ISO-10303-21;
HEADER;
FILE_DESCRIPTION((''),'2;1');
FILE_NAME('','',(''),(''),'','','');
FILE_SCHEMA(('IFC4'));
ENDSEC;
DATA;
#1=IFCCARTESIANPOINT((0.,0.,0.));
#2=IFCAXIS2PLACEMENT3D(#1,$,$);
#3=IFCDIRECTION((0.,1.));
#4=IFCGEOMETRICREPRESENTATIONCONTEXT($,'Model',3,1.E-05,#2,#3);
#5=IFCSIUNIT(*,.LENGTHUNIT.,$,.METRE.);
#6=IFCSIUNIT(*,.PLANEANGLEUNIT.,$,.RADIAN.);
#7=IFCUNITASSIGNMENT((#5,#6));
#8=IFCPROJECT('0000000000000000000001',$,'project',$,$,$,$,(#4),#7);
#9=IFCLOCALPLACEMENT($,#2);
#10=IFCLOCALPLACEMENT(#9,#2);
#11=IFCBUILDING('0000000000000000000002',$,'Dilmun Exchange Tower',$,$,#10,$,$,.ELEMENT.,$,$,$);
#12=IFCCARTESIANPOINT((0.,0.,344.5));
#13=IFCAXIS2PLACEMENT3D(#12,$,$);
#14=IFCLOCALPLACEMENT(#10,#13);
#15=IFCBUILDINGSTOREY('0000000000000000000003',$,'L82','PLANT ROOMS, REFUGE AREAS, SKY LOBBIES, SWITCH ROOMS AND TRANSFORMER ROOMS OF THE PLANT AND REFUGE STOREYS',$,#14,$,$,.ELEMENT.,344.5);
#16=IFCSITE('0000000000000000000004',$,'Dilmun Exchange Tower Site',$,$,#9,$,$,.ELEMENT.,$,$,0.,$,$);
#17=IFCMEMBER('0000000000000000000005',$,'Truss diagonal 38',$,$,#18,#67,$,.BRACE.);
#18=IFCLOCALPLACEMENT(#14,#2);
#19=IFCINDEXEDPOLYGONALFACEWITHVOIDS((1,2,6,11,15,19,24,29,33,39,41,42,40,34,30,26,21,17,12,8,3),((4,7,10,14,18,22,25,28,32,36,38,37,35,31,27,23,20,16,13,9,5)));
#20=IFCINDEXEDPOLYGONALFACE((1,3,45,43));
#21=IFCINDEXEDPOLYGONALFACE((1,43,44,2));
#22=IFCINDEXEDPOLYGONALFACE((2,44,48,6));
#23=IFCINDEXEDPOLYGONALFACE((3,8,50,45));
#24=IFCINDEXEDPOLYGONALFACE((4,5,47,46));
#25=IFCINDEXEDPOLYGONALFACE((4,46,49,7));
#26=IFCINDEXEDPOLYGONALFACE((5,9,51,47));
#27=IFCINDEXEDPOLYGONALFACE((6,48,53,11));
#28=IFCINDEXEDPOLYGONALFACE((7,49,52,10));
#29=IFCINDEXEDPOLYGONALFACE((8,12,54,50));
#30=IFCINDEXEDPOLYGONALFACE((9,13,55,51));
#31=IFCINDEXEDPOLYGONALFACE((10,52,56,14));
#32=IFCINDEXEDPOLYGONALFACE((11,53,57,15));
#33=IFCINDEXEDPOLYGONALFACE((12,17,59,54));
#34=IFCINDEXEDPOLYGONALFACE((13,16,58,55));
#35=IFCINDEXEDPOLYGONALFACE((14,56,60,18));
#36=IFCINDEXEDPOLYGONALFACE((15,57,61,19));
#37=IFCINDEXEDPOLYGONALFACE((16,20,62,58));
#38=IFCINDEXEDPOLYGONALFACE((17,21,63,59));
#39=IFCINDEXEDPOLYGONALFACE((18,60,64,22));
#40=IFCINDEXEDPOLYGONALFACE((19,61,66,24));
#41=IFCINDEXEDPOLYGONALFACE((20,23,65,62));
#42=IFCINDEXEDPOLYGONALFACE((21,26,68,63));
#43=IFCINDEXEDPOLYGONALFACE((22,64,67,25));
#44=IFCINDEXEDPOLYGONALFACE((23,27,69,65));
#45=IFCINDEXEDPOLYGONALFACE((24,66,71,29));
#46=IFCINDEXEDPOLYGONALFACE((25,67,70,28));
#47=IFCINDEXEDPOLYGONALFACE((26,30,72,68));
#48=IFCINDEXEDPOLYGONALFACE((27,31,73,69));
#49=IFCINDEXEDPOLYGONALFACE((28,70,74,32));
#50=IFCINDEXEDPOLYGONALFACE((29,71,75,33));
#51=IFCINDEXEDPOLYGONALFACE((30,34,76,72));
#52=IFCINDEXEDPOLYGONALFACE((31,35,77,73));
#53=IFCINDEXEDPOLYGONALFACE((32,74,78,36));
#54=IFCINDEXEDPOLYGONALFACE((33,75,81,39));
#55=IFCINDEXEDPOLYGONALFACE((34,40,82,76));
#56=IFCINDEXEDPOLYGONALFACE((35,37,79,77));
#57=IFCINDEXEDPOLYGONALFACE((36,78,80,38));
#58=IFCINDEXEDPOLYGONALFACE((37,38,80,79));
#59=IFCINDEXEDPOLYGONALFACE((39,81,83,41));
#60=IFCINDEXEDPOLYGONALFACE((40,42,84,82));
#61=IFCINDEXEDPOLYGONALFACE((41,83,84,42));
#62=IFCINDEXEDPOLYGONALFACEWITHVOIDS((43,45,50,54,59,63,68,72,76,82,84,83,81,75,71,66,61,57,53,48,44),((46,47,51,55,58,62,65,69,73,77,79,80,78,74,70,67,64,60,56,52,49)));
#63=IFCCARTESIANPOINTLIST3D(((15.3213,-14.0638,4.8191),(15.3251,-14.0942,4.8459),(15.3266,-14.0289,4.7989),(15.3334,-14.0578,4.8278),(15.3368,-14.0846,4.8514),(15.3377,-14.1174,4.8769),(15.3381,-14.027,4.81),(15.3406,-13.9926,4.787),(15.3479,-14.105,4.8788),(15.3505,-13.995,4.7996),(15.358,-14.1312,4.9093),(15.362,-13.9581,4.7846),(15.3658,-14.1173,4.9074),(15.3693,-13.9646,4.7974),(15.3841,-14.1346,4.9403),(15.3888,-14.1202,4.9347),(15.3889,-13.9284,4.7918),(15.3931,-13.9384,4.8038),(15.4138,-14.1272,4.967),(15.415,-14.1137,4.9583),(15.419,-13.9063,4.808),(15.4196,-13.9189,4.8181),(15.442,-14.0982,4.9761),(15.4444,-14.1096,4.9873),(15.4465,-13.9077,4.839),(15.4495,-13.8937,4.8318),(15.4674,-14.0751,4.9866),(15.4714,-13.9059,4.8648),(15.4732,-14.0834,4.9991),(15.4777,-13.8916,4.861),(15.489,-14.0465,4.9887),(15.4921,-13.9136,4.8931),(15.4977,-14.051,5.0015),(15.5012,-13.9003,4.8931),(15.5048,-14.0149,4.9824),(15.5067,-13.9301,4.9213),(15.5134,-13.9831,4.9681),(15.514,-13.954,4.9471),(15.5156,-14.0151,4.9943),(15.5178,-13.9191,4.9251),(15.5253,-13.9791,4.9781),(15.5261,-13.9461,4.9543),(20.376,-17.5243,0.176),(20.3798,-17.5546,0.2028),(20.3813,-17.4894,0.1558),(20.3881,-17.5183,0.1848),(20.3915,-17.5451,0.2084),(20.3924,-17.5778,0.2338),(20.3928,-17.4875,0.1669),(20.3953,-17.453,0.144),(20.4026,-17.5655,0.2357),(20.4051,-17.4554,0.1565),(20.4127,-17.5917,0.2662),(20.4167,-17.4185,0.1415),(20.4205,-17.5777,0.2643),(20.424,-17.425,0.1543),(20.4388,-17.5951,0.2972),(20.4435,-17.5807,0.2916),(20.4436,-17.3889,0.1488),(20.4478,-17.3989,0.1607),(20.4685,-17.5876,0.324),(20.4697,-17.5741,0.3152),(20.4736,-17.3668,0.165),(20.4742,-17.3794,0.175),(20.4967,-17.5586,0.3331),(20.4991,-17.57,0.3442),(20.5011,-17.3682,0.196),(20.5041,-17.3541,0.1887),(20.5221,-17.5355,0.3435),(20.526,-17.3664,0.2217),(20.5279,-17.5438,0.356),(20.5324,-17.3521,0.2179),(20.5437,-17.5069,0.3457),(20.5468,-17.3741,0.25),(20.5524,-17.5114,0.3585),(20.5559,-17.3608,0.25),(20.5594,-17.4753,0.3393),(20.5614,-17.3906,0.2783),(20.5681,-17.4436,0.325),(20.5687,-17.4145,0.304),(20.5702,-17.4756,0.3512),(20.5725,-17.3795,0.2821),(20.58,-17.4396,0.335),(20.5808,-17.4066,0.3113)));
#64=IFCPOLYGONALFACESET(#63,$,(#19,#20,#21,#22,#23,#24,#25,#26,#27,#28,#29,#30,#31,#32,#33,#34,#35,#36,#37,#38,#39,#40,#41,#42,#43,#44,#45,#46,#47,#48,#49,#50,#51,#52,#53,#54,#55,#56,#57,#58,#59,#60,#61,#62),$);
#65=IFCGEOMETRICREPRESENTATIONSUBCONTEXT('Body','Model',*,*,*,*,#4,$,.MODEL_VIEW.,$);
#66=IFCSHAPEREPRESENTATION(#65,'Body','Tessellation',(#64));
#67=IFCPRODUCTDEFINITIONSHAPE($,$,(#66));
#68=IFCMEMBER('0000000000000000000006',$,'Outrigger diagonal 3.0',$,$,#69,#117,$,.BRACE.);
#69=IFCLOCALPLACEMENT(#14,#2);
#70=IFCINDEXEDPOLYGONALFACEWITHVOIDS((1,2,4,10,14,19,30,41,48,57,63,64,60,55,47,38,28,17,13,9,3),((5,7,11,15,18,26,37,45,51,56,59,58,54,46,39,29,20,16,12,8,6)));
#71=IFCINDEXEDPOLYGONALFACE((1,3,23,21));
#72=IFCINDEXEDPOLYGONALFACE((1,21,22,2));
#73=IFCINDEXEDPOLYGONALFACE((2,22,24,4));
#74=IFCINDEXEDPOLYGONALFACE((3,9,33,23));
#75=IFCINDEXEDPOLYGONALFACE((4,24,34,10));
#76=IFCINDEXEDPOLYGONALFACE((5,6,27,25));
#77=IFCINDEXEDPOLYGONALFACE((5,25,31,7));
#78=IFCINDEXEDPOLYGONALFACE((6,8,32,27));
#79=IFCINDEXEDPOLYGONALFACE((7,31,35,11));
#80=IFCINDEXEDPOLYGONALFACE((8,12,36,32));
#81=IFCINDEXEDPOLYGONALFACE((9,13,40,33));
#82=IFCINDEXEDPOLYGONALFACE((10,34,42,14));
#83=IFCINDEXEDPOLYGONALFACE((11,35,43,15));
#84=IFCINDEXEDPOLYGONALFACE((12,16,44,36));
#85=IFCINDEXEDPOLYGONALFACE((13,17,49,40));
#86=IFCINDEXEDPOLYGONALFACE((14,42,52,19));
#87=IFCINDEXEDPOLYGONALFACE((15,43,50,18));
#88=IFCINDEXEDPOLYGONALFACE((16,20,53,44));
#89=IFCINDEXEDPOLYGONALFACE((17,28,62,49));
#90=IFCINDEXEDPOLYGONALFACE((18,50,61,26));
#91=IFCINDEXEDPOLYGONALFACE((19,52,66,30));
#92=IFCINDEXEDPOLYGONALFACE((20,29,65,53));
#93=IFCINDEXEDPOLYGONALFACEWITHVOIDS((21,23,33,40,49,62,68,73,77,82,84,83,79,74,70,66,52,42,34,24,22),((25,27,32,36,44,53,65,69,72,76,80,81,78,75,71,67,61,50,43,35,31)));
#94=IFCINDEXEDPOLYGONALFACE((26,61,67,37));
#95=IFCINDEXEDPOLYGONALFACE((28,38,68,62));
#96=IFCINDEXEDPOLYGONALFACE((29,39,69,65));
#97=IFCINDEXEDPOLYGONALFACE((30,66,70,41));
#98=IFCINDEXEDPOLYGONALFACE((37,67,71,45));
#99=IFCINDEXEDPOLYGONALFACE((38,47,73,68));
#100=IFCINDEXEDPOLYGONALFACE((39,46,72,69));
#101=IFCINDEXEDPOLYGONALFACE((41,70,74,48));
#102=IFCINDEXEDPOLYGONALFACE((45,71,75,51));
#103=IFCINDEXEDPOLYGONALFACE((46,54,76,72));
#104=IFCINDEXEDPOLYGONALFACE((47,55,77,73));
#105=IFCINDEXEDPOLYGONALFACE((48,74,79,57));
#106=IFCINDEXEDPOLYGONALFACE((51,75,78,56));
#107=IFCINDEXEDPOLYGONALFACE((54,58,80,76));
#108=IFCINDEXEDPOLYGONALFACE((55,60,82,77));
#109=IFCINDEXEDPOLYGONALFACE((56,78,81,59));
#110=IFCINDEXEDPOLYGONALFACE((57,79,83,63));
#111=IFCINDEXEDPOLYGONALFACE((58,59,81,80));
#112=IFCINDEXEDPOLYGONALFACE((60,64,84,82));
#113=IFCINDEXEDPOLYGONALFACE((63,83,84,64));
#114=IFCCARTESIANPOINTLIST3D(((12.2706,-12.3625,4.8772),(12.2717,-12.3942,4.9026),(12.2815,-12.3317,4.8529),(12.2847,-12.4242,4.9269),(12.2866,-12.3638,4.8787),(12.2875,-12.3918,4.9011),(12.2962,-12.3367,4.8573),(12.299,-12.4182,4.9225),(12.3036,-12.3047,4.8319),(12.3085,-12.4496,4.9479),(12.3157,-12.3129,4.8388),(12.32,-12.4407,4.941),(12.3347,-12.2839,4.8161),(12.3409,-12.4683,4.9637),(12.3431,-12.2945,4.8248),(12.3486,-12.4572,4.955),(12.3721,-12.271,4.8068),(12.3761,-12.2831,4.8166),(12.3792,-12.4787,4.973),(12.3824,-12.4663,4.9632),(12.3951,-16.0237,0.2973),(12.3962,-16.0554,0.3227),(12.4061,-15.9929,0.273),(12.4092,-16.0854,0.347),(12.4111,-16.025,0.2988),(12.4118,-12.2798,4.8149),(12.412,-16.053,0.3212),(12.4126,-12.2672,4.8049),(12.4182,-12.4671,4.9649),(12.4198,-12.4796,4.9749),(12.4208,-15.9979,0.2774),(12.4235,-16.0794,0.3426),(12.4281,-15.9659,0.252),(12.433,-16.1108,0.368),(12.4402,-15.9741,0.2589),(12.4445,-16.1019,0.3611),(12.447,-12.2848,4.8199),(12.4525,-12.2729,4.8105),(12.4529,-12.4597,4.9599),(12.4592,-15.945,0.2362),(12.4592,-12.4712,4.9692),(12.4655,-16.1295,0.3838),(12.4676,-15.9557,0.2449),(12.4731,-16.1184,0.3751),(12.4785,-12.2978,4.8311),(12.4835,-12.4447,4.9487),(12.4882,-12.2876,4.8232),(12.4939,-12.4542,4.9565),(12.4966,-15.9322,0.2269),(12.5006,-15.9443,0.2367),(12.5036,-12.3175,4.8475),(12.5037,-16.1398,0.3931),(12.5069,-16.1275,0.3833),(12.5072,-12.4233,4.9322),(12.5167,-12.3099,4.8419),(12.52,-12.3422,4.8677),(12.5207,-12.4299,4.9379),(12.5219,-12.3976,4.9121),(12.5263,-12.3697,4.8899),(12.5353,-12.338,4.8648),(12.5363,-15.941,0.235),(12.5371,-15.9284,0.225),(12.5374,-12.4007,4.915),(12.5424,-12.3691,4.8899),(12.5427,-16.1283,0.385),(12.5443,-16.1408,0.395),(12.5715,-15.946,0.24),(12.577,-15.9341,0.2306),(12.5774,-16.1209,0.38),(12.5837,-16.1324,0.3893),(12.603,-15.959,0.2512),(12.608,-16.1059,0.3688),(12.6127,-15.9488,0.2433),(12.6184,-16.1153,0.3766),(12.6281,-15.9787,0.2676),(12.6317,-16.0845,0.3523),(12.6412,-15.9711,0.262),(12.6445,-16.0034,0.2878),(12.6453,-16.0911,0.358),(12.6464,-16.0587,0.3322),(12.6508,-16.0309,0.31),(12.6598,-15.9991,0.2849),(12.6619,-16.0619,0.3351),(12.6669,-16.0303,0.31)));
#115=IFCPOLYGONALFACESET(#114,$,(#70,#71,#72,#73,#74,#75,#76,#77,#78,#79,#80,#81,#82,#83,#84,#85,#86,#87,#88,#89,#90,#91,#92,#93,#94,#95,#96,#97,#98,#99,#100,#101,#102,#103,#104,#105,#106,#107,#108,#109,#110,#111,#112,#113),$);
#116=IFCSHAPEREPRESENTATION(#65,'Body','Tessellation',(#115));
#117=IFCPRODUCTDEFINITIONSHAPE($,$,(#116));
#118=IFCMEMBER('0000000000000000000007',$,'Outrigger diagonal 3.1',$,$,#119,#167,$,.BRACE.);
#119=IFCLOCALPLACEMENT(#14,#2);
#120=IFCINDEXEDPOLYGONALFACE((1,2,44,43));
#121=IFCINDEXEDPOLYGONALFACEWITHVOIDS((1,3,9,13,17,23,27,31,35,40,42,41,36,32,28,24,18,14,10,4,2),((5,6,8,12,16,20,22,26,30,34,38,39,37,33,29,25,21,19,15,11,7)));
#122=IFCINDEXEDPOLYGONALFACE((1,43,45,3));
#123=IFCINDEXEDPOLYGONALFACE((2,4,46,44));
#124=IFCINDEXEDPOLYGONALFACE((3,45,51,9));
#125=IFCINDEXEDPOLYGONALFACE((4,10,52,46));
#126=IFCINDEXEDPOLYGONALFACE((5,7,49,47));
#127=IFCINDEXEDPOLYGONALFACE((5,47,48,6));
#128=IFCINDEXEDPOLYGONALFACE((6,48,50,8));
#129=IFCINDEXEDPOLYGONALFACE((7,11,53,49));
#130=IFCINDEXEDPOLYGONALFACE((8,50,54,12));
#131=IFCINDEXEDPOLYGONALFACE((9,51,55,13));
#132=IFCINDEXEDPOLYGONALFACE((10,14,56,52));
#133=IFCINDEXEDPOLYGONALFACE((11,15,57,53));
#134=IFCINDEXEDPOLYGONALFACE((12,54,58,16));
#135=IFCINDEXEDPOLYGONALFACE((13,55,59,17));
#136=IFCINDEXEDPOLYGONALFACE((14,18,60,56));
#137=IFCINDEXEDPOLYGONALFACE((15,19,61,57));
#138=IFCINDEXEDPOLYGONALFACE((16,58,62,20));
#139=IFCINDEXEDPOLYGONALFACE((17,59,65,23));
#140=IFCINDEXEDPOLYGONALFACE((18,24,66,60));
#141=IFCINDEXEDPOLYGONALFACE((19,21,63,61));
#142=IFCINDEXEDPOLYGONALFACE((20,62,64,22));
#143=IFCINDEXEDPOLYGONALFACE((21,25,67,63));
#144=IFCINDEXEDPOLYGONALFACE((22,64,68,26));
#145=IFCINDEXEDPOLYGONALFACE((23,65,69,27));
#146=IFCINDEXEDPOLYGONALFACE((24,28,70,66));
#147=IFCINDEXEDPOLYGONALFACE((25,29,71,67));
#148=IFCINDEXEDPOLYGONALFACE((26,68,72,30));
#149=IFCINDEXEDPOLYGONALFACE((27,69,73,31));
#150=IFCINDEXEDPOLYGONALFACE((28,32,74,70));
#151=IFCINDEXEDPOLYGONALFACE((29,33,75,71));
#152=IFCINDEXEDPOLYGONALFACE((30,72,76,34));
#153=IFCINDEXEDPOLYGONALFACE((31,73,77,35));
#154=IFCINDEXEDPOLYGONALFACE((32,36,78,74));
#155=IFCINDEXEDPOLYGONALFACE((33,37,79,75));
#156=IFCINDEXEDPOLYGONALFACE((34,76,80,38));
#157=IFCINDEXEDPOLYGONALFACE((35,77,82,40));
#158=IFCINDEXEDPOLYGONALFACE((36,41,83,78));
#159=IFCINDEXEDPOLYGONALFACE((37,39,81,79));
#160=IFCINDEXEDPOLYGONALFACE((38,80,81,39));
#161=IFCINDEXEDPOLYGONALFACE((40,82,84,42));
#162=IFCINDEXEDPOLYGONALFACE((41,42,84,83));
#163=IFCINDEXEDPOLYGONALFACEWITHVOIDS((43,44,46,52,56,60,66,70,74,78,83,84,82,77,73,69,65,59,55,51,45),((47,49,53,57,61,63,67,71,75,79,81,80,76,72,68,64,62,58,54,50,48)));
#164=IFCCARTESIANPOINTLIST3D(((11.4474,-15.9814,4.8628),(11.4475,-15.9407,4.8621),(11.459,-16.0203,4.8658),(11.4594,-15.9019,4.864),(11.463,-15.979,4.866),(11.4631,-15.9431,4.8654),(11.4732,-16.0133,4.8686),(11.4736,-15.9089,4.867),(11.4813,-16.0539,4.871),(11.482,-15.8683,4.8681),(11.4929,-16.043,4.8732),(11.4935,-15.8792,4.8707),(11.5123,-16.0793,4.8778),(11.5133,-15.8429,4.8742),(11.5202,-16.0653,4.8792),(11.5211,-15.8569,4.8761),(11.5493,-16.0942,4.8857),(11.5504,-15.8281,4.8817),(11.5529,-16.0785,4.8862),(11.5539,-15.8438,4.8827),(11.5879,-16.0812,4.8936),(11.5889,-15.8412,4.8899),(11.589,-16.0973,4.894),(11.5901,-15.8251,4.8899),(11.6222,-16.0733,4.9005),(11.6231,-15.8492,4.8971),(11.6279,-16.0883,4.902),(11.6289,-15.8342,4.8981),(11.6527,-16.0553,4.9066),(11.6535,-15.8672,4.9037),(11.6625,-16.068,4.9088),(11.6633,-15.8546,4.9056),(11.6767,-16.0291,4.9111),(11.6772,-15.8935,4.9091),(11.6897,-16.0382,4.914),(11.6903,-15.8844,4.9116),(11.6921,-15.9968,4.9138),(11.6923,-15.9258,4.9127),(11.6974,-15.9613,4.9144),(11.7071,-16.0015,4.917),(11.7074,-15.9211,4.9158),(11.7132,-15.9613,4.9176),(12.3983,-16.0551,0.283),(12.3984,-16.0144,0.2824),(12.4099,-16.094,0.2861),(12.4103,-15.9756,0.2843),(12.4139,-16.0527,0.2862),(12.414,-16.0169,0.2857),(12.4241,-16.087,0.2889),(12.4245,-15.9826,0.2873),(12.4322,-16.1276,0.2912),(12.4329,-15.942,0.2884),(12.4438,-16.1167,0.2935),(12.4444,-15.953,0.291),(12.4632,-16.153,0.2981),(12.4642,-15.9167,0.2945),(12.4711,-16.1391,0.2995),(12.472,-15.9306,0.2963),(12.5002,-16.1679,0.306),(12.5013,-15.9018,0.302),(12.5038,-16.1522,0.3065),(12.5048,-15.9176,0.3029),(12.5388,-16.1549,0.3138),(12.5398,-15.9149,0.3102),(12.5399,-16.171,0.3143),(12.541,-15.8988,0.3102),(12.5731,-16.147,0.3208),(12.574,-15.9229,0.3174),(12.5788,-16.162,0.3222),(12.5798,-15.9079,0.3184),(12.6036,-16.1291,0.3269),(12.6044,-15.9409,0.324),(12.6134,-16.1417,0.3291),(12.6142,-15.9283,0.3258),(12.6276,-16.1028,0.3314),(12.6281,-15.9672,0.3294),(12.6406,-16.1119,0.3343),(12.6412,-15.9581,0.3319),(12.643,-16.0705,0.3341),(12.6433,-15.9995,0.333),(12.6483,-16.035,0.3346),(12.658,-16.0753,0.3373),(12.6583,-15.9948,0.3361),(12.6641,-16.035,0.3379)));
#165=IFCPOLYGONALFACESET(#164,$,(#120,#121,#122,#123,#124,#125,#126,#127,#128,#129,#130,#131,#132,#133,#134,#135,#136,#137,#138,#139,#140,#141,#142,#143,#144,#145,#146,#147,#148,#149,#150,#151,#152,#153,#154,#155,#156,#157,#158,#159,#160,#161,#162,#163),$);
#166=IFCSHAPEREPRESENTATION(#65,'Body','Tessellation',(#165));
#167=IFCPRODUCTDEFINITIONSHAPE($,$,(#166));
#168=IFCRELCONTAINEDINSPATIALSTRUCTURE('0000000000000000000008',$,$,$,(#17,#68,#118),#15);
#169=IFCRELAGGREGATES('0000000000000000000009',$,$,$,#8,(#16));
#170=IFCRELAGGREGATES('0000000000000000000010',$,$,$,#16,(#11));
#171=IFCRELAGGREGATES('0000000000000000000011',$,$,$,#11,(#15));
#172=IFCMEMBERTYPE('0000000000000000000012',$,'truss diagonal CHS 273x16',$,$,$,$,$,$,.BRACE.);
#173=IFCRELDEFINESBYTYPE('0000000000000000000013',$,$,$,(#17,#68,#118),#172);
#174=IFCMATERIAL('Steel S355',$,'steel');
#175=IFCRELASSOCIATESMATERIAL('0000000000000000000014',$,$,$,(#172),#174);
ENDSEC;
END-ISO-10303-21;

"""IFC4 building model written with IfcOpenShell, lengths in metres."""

from ifc_helpers import new_model, si_unit, direction, frame, origin, origin_2d, place, context, subcontext, project, spatial, hollow_circle, extrude, material, material_profile, profile_set, type_object, element, save


model = new_model("IFC4")

# Units and contexts
model_context = context("Model", 3, precision=1e-05, world=origin(), true_north=direction((0.0, 1.0)))
body_context = subcontext(model_context, "Body", "Model", "MODEL_VIEW")
ifc_project = project(units=[si_unit("LENGTHUNIT", "METRE"), si_unit("PLANEANGLEUNIT", "RADIAN")], contexts=[model_context])

# Site, building, storey
site_placement = place(None, origin())
site = spatial("IfcSite", under=ifc_project, at=site_placement, Name="Dilmun Exchange Tower Site", CompositionType="ELEMENT", RefElevation=0.0)
building_placement = place(site_placement, origin())
building = spatial("IfcBuilding", under=site, at=building_placement, Name="Dilmun Exchange Tower", CompositionType="ELEMENT")
storey_placement = place(building_placement, frame((0.0, 0.0, 344.5)))
storey = spatial("IfcBuildingStorey", under=building, at=storey_placement, Name="L82", Description="PLANT ROOMS, REFUGE AREAS, SKY LOBBIES, SWITCH ROOMS AND TRANSFORMER ROOMS OF THE PLANT AND REFUGE STOREYS", CompositionType="ELEMENT", Elevation=344.5)

# Shared definitions
ifc_material_1 = material(Name="Steel S355", Category="steel")

# Members
ifc_material_profile_1 = material_profile(ifc_material_1, hollow_circle(Radius=0.1365, WallThickness=0.0161, at=origin_2d()), Name="CHS 273x16")
ifc_profile_set_1 = profile_set([ifc_material_profile_1], Name="Steel S355")
member_type_1 = type_object("IfcMemberType", Name="truss diagonal CHS 273x16", PredefinedType="BRACE", material=ifc_profile_set_1)
for number, where, z_axis, x_axis, name in (
    (1, (15.4241, -14.0129, 4.8931), (0.657604, -0.450197, -0.604053), (0.564904, 0.825157, 0.0), "Truss diagonal 38"),
):
    element("IfcMember", number, at=place(storey_placement, frame(where, z_axis=z_axis, x_axis=x_axis)), inside=storey, type_object=member_type_1, Name=name, PredefinedType="BRACE", context=body_context, shape_type="SweptSolid", body=[
        extrude(hollow_circle(Radius=0.1365, WallThickness=0.0161, at=origin_2d()), origin(), (0.0, 0.0, 1.0), 7.6865),
    ])
member_1_placement = place(storey_placement, frame((12.406, -12.3738, 4.8899), z_axis=(0.021231, -0.62427, -0.78092), x_axis=(0.999422, 0.033989, 0.0)))
element("IfcMember", 2, at=member_1_placement, inside=storey, type_object=member_type_1, Name="Outrigger diagonal 3.0", PredefinedType="BRACE", context=body_context, shape_type="SweptSolid", body=[
    extrude(hollow_circle(Radius=0.1365, WallThickness=0.0161, at=origin_2d()), origin(), (0.0, 0.0, 1.0), 5.8647),
])
member_2_placement = place(storey_placement, frame((11.5796, -15.9612, 4.8899), z_axis=(0.203272, -0.015761, -0.978995), x_axis=(0.077303, 0.997008, 0.0)))
element("IfcMember", 3, at=member_2_placement, inside=storey, type_object=member_type_1, Name="Outrigger diagonal 3.1", PredefinedType="BRACE", context=body_context, shape_type="SweptSolid", body=[
    extrude(hollow_circle(Radius=0.1365, WallThickness=0.0161, at=origin_2d()), origin(), (0.0, 0.0, 1.0), 4.678),
])

save(model, "model.ifc")
